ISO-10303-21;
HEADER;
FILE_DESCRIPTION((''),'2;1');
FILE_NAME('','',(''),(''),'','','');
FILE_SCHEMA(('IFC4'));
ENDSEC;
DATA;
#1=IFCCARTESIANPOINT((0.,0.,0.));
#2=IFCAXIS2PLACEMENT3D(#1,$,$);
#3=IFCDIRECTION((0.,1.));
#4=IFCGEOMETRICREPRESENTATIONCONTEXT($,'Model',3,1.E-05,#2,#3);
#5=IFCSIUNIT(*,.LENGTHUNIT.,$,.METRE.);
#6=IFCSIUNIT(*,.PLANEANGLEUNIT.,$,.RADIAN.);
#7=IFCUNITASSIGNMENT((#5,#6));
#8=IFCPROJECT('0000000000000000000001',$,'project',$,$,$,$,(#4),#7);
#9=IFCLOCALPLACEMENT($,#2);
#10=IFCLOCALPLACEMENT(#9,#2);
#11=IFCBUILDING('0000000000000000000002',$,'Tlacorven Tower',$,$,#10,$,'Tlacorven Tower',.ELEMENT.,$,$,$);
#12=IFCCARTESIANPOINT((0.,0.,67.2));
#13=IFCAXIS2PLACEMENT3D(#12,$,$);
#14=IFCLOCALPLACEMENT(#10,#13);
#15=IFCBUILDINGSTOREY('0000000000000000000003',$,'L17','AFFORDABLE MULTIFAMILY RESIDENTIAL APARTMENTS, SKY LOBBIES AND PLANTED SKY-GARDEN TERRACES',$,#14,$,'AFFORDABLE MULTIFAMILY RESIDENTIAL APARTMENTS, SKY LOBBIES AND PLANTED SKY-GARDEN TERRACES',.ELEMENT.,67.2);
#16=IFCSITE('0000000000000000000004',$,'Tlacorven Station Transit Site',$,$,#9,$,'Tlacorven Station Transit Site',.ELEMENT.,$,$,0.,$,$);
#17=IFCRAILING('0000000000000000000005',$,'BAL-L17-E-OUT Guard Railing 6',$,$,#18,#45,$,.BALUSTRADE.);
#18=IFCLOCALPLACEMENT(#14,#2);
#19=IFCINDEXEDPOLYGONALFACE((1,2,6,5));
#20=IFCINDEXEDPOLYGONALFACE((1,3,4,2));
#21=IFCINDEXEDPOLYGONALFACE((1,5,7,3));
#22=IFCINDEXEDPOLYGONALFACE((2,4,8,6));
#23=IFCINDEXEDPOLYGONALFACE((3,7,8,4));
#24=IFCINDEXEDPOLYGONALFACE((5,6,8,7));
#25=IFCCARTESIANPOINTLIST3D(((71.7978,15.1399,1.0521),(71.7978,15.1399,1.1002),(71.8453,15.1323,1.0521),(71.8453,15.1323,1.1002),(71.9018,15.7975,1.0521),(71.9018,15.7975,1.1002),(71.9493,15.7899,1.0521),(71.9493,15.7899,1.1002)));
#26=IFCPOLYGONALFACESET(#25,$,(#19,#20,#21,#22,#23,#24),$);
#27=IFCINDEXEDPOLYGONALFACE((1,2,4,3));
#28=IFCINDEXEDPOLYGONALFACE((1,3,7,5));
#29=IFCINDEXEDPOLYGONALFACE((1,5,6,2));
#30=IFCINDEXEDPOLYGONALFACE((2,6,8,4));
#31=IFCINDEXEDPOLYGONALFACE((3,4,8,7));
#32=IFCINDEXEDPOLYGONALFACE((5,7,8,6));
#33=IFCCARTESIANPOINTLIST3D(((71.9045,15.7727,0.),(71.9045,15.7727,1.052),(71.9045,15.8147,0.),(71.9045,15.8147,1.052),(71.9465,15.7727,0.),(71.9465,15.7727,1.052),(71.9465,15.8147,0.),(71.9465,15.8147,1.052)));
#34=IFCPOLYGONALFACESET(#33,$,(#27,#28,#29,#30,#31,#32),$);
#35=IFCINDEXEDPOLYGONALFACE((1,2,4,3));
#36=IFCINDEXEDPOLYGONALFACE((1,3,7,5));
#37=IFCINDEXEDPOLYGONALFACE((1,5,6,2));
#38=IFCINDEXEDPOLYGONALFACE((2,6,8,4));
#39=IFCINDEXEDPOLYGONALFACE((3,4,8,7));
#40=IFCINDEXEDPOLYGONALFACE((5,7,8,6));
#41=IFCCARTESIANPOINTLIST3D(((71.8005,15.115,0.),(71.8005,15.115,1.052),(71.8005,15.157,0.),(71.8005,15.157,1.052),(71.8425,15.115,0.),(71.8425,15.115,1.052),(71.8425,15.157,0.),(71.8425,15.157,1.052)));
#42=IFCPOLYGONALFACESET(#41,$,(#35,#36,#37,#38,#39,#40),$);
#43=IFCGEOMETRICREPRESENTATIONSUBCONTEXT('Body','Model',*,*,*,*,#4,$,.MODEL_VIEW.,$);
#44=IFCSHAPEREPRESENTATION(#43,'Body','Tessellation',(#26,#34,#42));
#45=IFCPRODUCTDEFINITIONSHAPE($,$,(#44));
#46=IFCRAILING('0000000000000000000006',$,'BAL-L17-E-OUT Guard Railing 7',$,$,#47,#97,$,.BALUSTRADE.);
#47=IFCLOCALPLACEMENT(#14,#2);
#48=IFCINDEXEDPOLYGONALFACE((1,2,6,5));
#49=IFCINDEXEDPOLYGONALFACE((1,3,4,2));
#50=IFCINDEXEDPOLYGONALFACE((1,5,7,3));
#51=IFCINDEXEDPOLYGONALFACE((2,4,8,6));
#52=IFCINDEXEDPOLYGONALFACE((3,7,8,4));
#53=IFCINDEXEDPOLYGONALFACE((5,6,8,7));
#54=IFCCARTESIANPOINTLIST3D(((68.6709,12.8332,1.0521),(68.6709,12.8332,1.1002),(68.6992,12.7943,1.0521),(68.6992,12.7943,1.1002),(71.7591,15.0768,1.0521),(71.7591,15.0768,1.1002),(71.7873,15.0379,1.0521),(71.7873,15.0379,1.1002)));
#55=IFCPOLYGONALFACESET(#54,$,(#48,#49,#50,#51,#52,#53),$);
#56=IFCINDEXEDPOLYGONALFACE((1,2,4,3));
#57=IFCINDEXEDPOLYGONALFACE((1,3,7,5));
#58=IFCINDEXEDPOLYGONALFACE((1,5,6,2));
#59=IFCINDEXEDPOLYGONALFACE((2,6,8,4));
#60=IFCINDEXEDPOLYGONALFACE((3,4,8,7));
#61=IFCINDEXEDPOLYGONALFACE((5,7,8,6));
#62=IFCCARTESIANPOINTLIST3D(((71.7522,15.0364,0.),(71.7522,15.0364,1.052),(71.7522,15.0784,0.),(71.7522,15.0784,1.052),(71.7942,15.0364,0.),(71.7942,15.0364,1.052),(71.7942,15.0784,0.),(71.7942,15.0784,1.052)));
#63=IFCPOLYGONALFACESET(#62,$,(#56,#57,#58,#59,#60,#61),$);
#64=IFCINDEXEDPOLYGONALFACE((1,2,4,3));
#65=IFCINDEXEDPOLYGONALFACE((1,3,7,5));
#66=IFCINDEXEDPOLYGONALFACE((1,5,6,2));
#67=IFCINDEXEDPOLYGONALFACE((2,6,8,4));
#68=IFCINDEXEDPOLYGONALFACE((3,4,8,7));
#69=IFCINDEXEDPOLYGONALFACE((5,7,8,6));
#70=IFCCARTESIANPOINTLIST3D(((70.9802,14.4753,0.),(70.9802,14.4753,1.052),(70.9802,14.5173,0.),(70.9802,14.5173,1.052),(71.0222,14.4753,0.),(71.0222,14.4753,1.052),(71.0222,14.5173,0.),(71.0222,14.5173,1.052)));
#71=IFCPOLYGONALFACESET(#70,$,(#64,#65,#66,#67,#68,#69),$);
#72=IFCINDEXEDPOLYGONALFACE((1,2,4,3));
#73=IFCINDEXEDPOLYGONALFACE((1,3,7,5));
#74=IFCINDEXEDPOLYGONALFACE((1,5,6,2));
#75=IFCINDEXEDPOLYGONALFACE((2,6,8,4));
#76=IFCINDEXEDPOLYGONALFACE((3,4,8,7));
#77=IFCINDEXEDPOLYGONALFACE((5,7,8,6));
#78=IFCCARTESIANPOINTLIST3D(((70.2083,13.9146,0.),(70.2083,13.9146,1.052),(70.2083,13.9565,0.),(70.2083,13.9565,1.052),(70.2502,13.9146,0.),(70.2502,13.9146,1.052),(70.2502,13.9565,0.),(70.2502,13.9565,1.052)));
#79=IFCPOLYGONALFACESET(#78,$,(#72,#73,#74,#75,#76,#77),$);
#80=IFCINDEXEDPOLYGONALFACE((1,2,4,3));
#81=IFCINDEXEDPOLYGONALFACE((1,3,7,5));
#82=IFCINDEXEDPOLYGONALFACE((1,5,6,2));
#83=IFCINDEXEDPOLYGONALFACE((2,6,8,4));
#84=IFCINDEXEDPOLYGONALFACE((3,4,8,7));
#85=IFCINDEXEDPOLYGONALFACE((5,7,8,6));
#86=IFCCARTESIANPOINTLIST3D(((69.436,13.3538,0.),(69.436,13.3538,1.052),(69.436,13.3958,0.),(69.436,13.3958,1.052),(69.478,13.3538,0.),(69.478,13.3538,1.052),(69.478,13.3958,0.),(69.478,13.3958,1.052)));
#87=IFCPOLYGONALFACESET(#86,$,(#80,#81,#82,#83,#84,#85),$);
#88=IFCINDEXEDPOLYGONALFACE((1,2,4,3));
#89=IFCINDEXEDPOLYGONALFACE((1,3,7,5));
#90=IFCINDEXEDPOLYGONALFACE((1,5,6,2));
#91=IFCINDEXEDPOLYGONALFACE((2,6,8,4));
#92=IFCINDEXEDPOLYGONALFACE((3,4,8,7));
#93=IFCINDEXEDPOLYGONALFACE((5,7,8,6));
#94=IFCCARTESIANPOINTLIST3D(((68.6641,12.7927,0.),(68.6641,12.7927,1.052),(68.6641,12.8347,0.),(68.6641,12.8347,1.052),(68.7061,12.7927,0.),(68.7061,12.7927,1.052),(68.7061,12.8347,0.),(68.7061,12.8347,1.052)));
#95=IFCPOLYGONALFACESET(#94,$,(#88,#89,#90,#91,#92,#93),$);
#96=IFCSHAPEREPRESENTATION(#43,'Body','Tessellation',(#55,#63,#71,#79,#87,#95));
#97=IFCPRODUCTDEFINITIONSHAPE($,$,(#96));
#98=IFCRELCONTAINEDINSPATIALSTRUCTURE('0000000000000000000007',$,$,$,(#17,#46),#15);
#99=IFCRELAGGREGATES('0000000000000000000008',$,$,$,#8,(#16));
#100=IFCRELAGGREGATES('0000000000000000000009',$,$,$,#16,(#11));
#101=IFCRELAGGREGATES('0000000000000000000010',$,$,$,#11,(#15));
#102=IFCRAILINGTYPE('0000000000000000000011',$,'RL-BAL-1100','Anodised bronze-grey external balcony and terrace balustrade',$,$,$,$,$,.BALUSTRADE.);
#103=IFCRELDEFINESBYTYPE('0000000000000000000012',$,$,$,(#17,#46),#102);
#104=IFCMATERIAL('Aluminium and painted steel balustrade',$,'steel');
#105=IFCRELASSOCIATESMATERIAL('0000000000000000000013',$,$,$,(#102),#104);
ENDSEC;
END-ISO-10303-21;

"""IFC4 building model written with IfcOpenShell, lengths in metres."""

from ifc_helpers import new_model, si_unit, direction, frame, origin, origin_2d, place, context, subcontext, project, spatial, rectangle, extrude, source, transform, mapped, material, type_object, element, save


model = new_model("IFC4")

# Units and contexts
model_context = context("Model", 3, precision=1e-05, world=origin(), true_north=direction((0.0, 1.0)))
body_context = subcontext(model_context, "Body", "Model", "MODEL_VIEW")
ifc_project = project(units=[si_unit("LENGTHUNIT", "METRE"), si_unit("PLANEANGLEUNIT", "RADIAN")], contexts=[model_context])

# Site, building, storey
site_placement = place(None, origin())
site = spatial("IfcSite", under=ifc_project, at=site_placement, Name="Tlacorven Station Transit Site", LongName="Tlacorven Station Transit Site", CompositionType="ELEMENT", RefElevation=0.0)
building_placement = place(site_placement, origin())
building = spatial("IfcBuilding", under=site, at=building_placement, Name="Tlacorven Tower", LongName="Tlacorven Tower", CompositionType="ELEMENT")
storey_placement = place(building_placement, frame((0.0, 0.0, 67.2)))
storey = spatial("IfcBuildingStorey", under=building, at=storey_placement, Name="L17", Description="AFFORDABLE MULTIFAMILY RESIDENTIAL APARTMENTS, SKY LOBBIES AND PLANTED SKY-GARDEN TERRACES", LongName="AFFORDABLE MULTIFAMILY RESIDENTIAL APARTMENTS, SKY LOBBIES AND PLANTED SKY-GARDEN TERRACES", CompositionType="ELEMENT", Elevation=67.2)

# Railings
ifc_material_1 = material(Name="Aluminium and painted steel balustrade", Category="steel")
railing_type = type_object("IfcRailingType", Name="RL-BAL-1100", Description="Anodised bronze-grey external balcony and terrace balustrade", PredefinedType="BALUSTRADE", material=ifc_material_1)
shared_shape_1 = source(origin(), body_context, "Body", "SweptSolid", [
    extrude(rectangle(XDim=0.0481, YDim=0.0481, at=origin_2d()), frame((0.0, 0.0, 1.0762), z_axis=(-0.156188, -0.987727, 0.0), x_axis=(0.987727, -0.156188, 0.0)), (0.0, 0.0, 1.0), 0.6658),
    extrude(rectangle(XDim=0.042, YDim=0.042, at=origin_2d()), origin(), (0.0, 0.0, 1.0), 1.052),
    extrude(rectangle(XDim=0.042, YDim=0.042, at=origin_2d()), frame((-0.104, -0.6577, 0.0)), (0.0, 0.0, 1.0), 1.052),
])
railing_1_placement = place(storey_placement, frame((71.9255, 15.7937, 0.0)))
element("IfcRailing", 1, at=railing_1_placement, inside=storey, type_object=railing_type, Name="BAL-L17-E-OUT Guard Railing 6", PredefinedType="BALUSTRADE", context=body_context, shape_type="MappedRepresentation", body=[
    mapped(shared_shape_1, transform((0.0, 0.0, 0.0), scale=1.0)),
])
shared_shape_2 = source(origin(), body_context, "Body", "SweptSolid", [
    extrude(rectangle(XDim=0.0481, YDim=0.0481, at=origin_2d()), frame((0.0, 0.0, 1.0762), z_axis=(-0.809018, -0.587784, 0.0), x_axis=(0.587784, -0.809018, 0.0)), (0.0, 0.0, 1.0), 3.8171),
    extrude(rectangle(XDim=0.042, YDim=0.042, at=origin_2d()), origin(), (0.0, 0.0, 1.0), 1.052),
    extrude(rectangle(XDim=0.042, YDim=0.042, at=origin_2d()), frame((-0.772, -0.561, 0.0)), (0.0, 0.0, 1.0), 1.052),
    extrude(rectangle(XDim=0.042, YDim=0.042, at=origin_2d()), frame((-1.5439, -1.1218, 0.0)), (0.0, 0.0, 1.0), 1.052),
    extrude(rectangle(XDim=0.042, YDim=0.042, at=origin_2d()), frame((-2.3162, -1.6826, 0.0)), (0.0, 0.0, 1.0), 1.052),
    extrude(rectangle(XDim=0.042, YDim=0.042, at=origin_2d()), frame((-3.0881, -2.2437, 0.0)), (0.0, 0.0, 1.0), 1.052),
])
railing_2_placement = place(storey_placement, frame((71.7732, 15.0574, 0.0)))
element("IfcRailing", 2, at=railing_2_placement, inside=storey, type_object=railing_type, Name="BAL-L17-E-OUT Guard Railing 7", PredefinedType="BALUSTRADE", context=body_context, shape_type="MappedRepresentation", body=[
    mapped(shared_shape_2, transform((0.0, 0.0, 0.0), scale=1.0)),
])

save(model, "model.ifc")
